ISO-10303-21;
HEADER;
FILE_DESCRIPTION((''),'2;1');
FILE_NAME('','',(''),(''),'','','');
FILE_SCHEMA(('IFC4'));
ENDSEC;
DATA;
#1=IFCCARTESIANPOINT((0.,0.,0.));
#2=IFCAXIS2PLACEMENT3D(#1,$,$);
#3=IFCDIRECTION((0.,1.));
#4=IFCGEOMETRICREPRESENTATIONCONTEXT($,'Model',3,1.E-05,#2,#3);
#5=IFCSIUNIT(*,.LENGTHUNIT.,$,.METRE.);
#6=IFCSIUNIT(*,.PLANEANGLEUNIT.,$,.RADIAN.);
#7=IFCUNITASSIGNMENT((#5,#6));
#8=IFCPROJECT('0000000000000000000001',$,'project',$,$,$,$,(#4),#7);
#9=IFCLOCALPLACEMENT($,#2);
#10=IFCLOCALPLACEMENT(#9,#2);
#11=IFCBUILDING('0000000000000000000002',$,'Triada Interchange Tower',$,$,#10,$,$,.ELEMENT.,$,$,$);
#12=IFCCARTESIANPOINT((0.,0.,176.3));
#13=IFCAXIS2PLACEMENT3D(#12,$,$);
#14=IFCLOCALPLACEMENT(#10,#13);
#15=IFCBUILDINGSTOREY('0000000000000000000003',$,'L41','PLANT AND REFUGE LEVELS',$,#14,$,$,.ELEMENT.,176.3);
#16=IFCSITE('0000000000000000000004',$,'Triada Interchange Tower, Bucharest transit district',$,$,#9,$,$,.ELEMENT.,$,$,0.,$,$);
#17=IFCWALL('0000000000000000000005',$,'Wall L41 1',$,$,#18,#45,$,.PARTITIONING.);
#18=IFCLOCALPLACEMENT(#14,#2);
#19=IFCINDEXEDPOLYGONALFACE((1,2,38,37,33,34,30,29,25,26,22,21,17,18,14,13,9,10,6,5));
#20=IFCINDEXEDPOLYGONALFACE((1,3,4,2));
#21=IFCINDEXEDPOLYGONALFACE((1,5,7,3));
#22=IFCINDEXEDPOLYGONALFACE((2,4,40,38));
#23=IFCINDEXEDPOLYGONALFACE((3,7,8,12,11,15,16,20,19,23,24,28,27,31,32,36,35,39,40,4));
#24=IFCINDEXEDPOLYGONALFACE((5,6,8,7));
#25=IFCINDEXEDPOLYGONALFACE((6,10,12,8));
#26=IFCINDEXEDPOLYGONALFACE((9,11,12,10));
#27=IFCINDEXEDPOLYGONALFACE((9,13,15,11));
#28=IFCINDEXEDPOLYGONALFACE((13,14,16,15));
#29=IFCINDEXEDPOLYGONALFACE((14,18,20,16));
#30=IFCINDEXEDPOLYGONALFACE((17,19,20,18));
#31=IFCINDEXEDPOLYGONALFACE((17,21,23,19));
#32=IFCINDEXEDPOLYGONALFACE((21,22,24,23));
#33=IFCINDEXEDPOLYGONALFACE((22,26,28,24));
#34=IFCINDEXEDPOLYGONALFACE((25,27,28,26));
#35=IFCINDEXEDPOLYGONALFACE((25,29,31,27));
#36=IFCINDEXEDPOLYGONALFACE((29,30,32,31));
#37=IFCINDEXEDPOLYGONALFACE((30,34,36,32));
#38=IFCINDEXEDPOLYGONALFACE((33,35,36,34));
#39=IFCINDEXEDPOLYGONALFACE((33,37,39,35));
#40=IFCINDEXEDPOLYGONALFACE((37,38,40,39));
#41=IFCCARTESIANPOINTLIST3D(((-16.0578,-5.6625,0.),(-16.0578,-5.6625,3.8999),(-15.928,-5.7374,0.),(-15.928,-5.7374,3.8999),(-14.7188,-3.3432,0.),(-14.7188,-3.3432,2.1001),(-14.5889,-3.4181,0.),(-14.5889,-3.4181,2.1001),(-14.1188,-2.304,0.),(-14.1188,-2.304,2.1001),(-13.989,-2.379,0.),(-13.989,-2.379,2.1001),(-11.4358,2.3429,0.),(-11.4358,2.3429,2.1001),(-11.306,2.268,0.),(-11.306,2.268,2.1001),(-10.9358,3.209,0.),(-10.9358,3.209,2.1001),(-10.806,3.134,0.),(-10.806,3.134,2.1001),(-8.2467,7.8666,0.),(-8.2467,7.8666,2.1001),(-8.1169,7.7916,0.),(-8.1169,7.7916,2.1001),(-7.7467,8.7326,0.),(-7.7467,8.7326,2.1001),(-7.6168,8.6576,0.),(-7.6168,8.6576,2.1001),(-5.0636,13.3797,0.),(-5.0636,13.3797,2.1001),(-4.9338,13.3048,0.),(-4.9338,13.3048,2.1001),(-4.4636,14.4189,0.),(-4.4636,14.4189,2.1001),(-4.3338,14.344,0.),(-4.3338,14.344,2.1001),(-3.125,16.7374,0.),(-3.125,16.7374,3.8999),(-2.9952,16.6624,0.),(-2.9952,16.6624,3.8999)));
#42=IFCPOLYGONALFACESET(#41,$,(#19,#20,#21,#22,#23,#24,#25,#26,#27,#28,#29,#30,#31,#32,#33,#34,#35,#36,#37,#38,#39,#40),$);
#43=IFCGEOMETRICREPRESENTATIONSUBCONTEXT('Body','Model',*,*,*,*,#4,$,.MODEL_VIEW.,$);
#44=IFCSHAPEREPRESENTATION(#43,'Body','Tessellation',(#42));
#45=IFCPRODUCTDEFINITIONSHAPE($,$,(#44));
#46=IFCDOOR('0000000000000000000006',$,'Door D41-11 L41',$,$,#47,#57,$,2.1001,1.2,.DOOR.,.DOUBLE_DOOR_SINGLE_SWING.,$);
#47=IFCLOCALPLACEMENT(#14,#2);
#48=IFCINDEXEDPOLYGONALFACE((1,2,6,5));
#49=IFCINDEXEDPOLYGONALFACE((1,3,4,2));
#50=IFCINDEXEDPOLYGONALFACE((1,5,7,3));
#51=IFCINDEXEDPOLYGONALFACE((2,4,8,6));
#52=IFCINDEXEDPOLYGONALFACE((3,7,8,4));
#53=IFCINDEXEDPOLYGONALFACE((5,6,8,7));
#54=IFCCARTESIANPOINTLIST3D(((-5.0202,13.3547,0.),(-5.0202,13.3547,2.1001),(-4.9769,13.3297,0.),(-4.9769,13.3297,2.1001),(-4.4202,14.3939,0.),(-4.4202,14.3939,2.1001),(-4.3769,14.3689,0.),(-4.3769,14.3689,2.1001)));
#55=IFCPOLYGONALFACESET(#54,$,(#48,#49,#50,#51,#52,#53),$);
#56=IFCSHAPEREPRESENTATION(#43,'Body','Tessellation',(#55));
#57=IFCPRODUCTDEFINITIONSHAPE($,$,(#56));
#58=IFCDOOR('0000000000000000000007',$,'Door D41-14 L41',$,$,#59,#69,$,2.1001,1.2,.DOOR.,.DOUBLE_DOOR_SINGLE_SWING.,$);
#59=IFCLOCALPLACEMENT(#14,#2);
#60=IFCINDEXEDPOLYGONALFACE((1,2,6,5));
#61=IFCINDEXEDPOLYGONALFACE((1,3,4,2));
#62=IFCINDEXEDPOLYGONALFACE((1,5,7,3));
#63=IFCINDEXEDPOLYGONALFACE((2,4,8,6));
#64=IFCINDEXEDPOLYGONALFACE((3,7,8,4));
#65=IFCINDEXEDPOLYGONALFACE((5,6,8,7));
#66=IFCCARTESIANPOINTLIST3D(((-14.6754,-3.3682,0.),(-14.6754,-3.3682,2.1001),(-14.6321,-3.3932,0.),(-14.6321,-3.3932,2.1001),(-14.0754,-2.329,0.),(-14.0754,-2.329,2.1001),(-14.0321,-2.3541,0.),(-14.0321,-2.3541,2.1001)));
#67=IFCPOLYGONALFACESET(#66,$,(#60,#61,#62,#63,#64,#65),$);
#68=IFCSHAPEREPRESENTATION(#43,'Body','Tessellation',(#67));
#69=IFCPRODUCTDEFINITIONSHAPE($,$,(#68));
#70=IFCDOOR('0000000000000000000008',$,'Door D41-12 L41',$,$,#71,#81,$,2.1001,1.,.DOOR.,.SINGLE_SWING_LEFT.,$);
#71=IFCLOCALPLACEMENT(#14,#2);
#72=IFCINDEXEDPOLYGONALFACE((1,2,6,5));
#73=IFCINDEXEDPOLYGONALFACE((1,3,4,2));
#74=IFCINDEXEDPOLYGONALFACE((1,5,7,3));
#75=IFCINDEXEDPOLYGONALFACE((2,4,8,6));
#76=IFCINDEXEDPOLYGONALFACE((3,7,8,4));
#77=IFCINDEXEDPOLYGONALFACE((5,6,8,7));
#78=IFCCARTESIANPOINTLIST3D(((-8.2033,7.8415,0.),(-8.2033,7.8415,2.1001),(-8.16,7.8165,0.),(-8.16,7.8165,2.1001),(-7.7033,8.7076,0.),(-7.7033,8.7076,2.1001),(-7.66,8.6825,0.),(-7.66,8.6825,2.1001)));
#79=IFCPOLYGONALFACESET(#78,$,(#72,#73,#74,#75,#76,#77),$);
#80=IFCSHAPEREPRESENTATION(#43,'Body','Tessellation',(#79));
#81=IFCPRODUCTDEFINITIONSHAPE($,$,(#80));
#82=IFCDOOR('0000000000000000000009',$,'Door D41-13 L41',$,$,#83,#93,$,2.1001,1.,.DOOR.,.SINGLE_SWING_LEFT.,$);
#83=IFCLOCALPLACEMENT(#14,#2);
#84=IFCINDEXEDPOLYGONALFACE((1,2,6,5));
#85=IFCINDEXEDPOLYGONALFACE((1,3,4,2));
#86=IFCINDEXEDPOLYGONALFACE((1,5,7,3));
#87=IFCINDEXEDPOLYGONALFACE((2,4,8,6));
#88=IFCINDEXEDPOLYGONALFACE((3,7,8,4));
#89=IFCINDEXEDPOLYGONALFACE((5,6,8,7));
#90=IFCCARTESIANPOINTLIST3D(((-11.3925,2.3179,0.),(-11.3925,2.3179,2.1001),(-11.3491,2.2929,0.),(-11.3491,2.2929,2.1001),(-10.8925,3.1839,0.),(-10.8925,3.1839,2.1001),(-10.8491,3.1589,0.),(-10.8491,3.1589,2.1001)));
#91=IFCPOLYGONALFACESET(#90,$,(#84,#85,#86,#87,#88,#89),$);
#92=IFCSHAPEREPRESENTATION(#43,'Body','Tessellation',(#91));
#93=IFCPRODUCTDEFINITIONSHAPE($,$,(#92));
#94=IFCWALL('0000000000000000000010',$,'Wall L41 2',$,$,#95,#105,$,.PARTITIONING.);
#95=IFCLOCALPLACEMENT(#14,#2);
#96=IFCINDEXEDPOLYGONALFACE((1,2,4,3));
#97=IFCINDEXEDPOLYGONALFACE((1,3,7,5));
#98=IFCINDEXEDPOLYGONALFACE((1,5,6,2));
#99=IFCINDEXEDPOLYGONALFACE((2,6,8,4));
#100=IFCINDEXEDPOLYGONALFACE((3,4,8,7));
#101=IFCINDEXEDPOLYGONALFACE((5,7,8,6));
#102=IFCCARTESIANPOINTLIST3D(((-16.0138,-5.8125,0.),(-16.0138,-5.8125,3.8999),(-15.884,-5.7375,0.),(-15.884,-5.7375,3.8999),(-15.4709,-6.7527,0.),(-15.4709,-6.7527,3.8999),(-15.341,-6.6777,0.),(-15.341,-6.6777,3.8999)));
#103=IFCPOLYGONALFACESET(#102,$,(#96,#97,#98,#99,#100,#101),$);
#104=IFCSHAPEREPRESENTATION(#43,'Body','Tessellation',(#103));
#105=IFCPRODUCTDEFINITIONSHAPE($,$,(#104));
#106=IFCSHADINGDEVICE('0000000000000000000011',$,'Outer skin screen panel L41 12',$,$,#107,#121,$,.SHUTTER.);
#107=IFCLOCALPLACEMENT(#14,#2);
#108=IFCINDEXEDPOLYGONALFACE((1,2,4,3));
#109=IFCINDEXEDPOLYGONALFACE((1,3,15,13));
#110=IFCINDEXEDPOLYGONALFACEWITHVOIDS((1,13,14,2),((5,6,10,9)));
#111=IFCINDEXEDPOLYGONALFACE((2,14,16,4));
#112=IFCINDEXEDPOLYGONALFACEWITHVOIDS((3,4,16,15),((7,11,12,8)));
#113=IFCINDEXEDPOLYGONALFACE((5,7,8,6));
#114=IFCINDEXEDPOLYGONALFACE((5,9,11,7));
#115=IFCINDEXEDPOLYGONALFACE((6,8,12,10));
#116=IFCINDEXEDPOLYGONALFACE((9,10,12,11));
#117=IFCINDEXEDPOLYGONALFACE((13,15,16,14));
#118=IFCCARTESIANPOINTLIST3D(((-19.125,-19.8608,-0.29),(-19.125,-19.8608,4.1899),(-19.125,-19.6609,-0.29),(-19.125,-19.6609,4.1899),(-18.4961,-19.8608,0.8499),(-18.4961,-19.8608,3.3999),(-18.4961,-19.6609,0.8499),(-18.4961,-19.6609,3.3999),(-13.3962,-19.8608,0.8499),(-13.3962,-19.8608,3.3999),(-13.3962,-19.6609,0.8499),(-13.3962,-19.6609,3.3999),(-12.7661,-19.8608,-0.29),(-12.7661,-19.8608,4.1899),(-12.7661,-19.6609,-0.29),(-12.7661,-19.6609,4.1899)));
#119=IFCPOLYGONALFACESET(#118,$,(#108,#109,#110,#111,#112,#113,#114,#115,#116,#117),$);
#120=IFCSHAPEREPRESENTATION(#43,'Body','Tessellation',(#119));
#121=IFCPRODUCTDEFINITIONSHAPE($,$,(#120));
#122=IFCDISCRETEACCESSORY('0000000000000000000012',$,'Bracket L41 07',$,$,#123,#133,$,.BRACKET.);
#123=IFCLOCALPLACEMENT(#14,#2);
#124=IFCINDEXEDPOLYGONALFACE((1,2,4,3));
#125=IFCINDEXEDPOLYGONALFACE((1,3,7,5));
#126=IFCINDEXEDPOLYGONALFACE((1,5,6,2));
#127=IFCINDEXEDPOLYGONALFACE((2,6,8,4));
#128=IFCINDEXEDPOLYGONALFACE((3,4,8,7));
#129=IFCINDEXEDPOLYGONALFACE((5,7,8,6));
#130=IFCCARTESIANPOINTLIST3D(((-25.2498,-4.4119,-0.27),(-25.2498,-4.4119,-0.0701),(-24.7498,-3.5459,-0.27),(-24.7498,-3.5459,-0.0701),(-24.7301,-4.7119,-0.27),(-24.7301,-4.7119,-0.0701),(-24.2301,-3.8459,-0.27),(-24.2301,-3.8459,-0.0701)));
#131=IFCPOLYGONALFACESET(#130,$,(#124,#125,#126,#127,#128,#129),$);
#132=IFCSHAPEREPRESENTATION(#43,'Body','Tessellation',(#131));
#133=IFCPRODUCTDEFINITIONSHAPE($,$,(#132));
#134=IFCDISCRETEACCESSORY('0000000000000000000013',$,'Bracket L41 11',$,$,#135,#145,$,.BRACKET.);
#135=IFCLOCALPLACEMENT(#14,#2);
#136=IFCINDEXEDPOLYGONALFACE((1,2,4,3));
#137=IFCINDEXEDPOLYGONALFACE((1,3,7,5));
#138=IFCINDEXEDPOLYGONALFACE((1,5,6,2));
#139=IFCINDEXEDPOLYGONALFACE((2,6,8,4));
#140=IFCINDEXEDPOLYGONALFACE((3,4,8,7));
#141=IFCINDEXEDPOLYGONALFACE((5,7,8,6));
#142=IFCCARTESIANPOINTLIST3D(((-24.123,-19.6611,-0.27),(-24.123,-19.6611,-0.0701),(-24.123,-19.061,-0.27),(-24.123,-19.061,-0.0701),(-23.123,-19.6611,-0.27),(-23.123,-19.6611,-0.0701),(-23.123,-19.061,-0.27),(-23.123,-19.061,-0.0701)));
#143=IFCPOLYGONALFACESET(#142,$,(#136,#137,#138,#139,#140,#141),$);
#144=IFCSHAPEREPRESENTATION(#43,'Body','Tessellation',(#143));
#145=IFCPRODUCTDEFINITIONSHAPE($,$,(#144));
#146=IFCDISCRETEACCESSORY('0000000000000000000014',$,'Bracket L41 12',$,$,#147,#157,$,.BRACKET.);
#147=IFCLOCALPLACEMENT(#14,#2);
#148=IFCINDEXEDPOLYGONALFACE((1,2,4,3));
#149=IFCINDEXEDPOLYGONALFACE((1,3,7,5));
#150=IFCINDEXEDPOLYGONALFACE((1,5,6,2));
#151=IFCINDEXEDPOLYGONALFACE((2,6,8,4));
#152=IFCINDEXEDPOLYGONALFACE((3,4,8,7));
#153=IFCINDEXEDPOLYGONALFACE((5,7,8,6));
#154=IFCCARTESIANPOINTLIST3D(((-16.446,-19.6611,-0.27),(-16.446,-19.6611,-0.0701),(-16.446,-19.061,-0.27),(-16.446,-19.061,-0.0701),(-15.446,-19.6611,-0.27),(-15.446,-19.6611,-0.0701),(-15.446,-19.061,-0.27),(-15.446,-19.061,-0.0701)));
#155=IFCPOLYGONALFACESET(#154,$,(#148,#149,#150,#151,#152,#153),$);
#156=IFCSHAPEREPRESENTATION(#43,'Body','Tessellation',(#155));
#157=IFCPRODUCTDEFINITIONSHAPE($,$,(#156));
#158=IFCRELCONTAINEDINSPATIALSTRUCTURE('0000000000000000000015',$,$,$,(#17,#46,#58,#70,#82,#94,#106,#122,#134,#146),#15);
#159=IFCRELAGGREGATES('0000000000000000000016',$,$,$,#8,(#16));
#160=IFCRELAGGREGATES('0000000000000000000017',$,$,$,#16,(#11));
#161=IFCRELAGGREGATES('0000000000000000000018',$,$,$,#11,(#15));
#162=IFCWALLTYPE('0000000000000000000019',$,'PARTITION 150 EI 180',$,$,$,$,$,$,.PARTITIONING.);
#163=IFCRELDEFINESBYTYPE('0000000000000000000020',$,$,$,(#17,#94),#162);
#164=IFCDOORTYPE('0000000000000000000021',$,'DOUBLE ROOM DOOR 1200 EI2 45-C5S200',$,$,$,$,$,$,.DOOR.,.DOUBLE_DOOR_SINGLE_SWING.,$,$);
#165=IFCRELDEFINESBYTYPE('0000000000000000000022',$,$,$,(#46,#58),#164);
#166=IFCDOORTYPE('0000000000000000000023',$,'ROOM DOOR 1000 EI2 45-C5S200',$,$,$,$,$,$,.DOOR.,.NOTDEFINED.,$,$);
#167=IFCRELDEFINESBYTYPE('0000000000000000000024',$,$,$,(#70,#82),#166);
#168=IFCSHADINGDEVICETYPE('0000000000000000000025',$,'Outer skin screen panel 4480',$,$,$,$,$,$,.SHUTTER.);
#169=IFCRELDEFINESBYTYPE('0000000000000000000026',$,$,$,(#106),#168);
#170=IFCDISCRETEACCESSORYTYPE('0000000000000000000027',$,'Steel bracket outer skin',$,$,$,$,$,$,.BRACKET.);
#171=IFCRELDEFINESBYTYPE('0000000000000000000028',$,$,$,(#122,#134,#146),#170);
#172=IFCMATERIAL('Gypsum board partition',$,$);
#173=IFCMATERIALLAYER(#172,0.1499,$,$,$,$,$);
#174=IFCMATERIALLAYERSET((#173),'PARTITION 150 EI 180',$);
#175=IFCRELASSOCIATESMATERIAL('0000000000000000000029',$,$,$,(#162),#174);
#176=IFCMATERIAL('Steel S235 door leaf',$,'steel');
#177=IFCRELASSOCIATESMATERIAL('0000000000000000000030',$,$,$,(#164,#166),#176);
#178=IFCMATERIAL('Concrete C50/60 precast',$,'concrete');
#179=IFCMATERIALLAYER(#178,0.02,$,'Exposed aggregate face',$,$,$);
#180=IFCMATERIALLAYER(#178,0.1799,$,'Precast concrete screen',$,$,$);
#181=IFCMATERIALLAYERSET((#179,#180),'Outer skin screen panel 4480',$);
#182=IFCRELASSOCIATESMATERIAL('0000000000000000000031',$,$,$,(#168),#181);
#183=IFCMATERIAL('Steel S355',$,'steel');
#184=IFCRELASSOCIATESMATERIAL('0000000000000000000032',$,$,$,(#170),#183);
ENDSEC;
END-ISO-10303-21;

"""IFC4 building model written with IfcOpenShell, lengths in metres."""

from ifc_helpers import new_model, si_unit, direction, frame, frame_2d, origin, origin_2d, place, context, subcontext, project, spatial, polyline, rectangle, outline, extrude, material, layer, layer_set, type_object, element, fill, save


model = new_model("IFC4")

# Units and contexts
model_context = context("Model", 3, precision=1e-05, world=origin(), true_north=direction((0.0, 1.0)))
body_context = subcontext(model_context, "Body", "Model", "MODEL_VIEW")
ifc_project = project(units=[si_unit("LENGTHUNIT", "METRE"), si_unit("PLANEANGLEUNIT", "RADIAN")], contexts=[model_context])

# Site, building, storey
site_placement = place(None, origin())
site = spatial("IfcSite", under=ifc_project, at=site_placement, Name="Triada Interchange Tower, Bucharest transit district", CompositionType="ELEMENT", RefElevation=0.0)
building_placement = place(site_placement, origin())
building = spatial("IfcBuilding", under=site, at=building_placement, Name="Triada Interchange Tower", CompositionType="ELEMENT")
storey_placement = place(building_placement, frame((0.0, 0.0, 176.3)))
storey = spatial("IfcBuildingStorey", under=building, at=storey_placement, Name="L41", Description="PLANT AND REFUGE LEVELS", CompositionType="ELEMENT", Elevation=176.3)

# Shared definitions
ifc_material_1 = material(Name="Steel S355", Category="steel")

# Wall, openings, doors
ifc_material_2 = material(Name="Gypsum board partition")
ifc_layer_1 = layer(ifc_material_2, 0.1499)
ifc_layer_set_1 = layer_set([ifc_layer_1], Name="PARTITION 150 EI 180")
wall_type_1 = type_object("IfcWallType", Name="PARTITION 150 EI 180", PredefinedType="PARTITIONING", material=ifc_layer_set_1)
wall_1_placement = place(storey_placement, frame((-15.9929, -5.7, 0.0), z_axis=(0.0, 0.0, 1.0), x_axis=(0.500008, 0.866021, 0.0)))
wall_1 = element("IfcWall", 1, at=wall_1_placement, inside=storey, type_object=wall_type_1, Name="Wall L41 1", PredefinedType="PARTITIONING", context=body_context, shape_type="SweptSolid", body=[
    extrude(rectangle(XDim=25.8652, YDim=0.1499, at=frame_2d((12.9326, 0.0))), origin(), (0.0, 0.0, 1.0), 3.8999),
])
opening_1_placement = place(wall_1_placement, frame((21.988, 0.0, 0.0)))
opening_1 = element("IfcOpeningElement", 2, at=opening_1_placement, cuts=wall_1, PredefinedType="OPENING", context=body_context, shape_type="SweptSolid", body=[
    extrude(rectangle(XDim=1.2, YDim=2.1001, at=frame_2d((0.6001, 1.05))), frame((0.0, 0.085, 0.0), z_axis=(0.0, -1.0, 0.0), x_axis=(1.0, 0.0, 0.0)), (0.0, 0.0, 1.0), 0.1699),
])
opening_2_placement = place(wall_1_placement, frame((15.6221, 0.0, 0.0)))
opening_2 = element("IfcOpeningElement", 3, at=opening_2_placement, cuts=wall_1, PredefinedType="OPENING", context=body_context, shape_type="SweptSolid", body=[
    extrude(rectangle(XDim=1.0, YDim=2.1001, at=frame_2d((0.5, 1.05))), frame((0.0, 0.085, 0.0), z_axis=(0.0, -1.0, 0.0), x_axis=(1.0, 0.0, 0.0)), (0.0, 0.0, 1.0), 0.1699),
])
opening_3_placement = place(wall_1_placement, frame((9.2439, 0.0, 0.0)))
opening_3 = element("IfcOpeningElement", 4, at=opening_3_placement, cuts=wall_1, PredefinedType="OPENING", context=body_context, shape_type="SweptSolid", body=[
    extrude(rectangle(XDim=1.0, YDim=2.1001, at=frame_2d((0.5, 1.05))), frame((0.0, 0.085, 0.0), z_axis=(0.0, -1.0, 0.0), x_axis=(1.0, 0.0, 0.0)), (0.0, 0.0, 1.0), 0.1699),
])
opening_4_placement = place(wall_1_placement, frame((2.678, 0.0, 0.0)))
opening_4 = element("IfcOpeningElement", 5, at=opening_4_placement, cuts=wall_1, PredefinedType="OPENING", context=body_context, shape_type="SweptSolid", body=[
    extrude(rectangle(XDim=1.2, YDim=2.1001, at=frame_2d((0.6001, 1.05))), frame((0.0, 0.085, 0.0), z_axis=(0.0, -1.0, 0.0), x_axis=(1.0, 0.0, 0.0)), (0.0, 0.0, 1.0), 0.1699),
])
ifc_material_3 = material(Name="Steel S235 door leaf", Category="steel")
door_type_1 = type_object("IfcDoorType", Name="DOUBLE ROOM DOOR 1200 EI2 45-C5S200", OperationType="DOUBLE_DOOR_SINGLE_SWING", PredefinedType="DOOR", material=ifc_material_3)
door_1_placement = place(opening_1_placement, origin())
door_1 = element("IfcDoor", 6, at=door_1_placement, inside=storey, type_object=door_type_1, Name="Door D41-11 L41", OperationType="DOUBLE_DOOR_SINGLE_SWING", OverallHeight=2.1001, OverallWidth=1.2, PredefinedType="DOOR", context=body_context, shape_type="SweptSolid", body=[
    extrude(rectangle(XDim=1.2, YDim=2.1001, at=frame_2d((0.6001, 1.05))), frame((0.0, 0.0249, 0.0), z_axis=(0.0, -1.0, 0.0), x_axis=(1.0, 0.0, 0.0)), (0.0, 0.0, 1.0), 0.05),
])
fill(opening_1, door_1)
door_2_placement = place(opening_4_placement, origin())
door_2 = element("IfcDoor", 7, at=door_2_placement, inside=storey, type_object=door_type_1, Name="Door D41-14 L41", OperationType="DOUBLE_DOOR_SINGLE_SWING", OverallHeight=2.1001, OverallWidth=1.2, PredefinedType="DOOR", context=body_context, shape_type="SweptSolid", body=[
    extrude(rectangle(XDim=1.2, YDim=2.1001, at=frame_2d((0.6001, 1.05))), frame((0.0, 0.0249, 0.0), z_axis=(0.0, -1.0, 0.0), x_axis=(1.0, 0.0, 0.0)), (0.0, 0.0, 1.0), 0.05),
])
fill(opening_4, door_2)
door_type_2 = type_object("IfcDoorType", Name="ROOM DOOR 1000 EI2 45-C5S200", OperationType="NOTDEFINED", PredefinedType="DOOR", material=ifc_material_3)
door_3_placement = place(opening_2_placement, origin())
door_3 = element("IfcDoor", 8, at=door_3_placement, inside=storey, type_object=door_type_2, Name="Door D41-12 L41", OperationType="SINGLE_SWING_LEFT", OverallHeight=2.1001, OverallWidth=1.0, PredefinedType="DOOR", context=body_context, shape_type="SweptSolid", body=[
    extrude(rectangle(XDim=1.0, YDim=2.1001, at=frame_2d((0.5, 1.05))), frame((0.0, 0.0249, 0.0), z_axis=(0.0, -1.0, 0.0), x_axis=(1.0, 0.0, 0.0)), (0.0, 0.0, 1.0), 0.05),
])
fill(opening_2, door_3)
door_4_placement = place(opening_3_placement, origin())
door_4 = element("IfcDoor", 9, at=door_4_placement, inside=storey, type_object=door_type_2, Name="Door D41-13 L41", OperationType="SINGLE_SWING_LEFT", OverallHeight=2.1001, OverallWidth=1.0, PredefinedType="DOOR", context=body_context, shape_type="SweptSolid", body=[
    extrude(rectangle(XDim=1.0, YDim=2.1001, at=frame_2d((0.5, 1.05))), frame((0.0, 0.0249, 0.0), z_axis=(0.0, -1.0, 0.0), x_axis=(1.0, 0.0, 0.0)), (0.0, 0.0, 1.0), 0.05),
])
fill(opening_3, door_4)

# Wall
wall_2_placement = place(storey_placement, frame((-15.949, -5.7749, 0.0), z_axis=(0.0, 0.0, 1.0), x_axis=(0.500105, -0.865965, 0.0)))
element("IfcWall", 10, at=wall_2_placement, inside=storey, type_object=wall_type_1, Name="Wall L41 2", PredefinedType="PARTITIONING", context=body_context, shape_type="SweptSolid", body=[
    extrude(rectangle(XDim=1.0857, YDim=0.1499, at=frame_2d((0.543, 0.0))), origin(), (0.0, 0.0, 1.0), 3.8999),
])

# Shading device
ifc_material_4 = material(Name="Concrete C50/60 precast", Category="concrete")
ifc_layer_2 = layer(ifc_material_4, 0.02, Name="Exposed aggregate face")
ifc_layer_3 = layer(ifc_material_4, 0.1799, Name="Precast concrete screen")
ifc_layer_set_2 = layer_set([ifc_layer_2, ifc_layer_3], Name="Outer skin screen panel 4480")
shading_device_type = type_object("IfcShadingDeviceType", Name="Outer skin screen panel 4480", PredefinedType="SHUTTER", material=ifc_layer_set_2)
shading_device_placement = place(storey_placement, frame((-19.125, -19.6609, -0.29), z_axis=(0.0, 0.0, 1.0), x_axis=(1.0, 0.0, 0.0)))
element("IfcShadingDevice", 11, at=shading_device_placement, inside=storey, type_object=shading_device_type, Name="Outer skin screen panel L41 12", PredefinedType="SHUTTER", context=body_context, shape_type="SweptSolid", body=[
    extrude(outline(polyline([(0.0, 0.0), (6.3589, 0.0), (6.3589, 4.48), (0.0, 4.48), (0.0, 0.0)]), holes=[polyline([(0.6289, 1.1399), (0.6289, 3.6899), (5.7288, 3.6899), (5.7288, 1.1399), (0.6289, 1.1399)])]), frame((0.0, 0.0, 0.0), z_axis=(0.0, -1.0, 0.0), x_axis=(1.0, 0.0, 0.0)), (0.0, 0.0, 1.0), 0.2),
])

# Discrete accessories
discrete_accessory_type = type_object("IfcDiscreteAccessoryType", Name="Steel bracket outer skin", PredefinedType="BRACKET", material=ifc_material_1)
for number, where, z_axis, x_axis, name in (
    (12, (-24.74, -4.1289, -0.27), (0.0, 0.0, 1.0), (-0.86603, 0.499993, 0.0), "Bracket L41 07"),
    (13, (-23.623, -19.3611, -0.27), (0.0, 0.0, 1.0), (0.0, -1.0, 0.0), "Bracket L41 11"),
    (14, (-15.946, -19.3611, -0.27), (0.0, 0.0, 1.0), (0.0, -1.0, 0.0), "Bracket L41 12"),
):
    element("IfcDiscreteAccessory", number, at=place(storey_placement, frame(where, z_axis=z_axis, x_axis=x_axis)), inside=storey, type_object=discrete_accessory_type, Name=name, PredefinedType="BRACKET", context=body_context, shape_type="SweptSolid", body=[
        extrude(rectangle(XDim=0.6001, YDim=1.0, at=origin_2d()), origin(), (0.0, 0.0, 1.0), 0.2),
    ])

save(model, "model.ifc")
